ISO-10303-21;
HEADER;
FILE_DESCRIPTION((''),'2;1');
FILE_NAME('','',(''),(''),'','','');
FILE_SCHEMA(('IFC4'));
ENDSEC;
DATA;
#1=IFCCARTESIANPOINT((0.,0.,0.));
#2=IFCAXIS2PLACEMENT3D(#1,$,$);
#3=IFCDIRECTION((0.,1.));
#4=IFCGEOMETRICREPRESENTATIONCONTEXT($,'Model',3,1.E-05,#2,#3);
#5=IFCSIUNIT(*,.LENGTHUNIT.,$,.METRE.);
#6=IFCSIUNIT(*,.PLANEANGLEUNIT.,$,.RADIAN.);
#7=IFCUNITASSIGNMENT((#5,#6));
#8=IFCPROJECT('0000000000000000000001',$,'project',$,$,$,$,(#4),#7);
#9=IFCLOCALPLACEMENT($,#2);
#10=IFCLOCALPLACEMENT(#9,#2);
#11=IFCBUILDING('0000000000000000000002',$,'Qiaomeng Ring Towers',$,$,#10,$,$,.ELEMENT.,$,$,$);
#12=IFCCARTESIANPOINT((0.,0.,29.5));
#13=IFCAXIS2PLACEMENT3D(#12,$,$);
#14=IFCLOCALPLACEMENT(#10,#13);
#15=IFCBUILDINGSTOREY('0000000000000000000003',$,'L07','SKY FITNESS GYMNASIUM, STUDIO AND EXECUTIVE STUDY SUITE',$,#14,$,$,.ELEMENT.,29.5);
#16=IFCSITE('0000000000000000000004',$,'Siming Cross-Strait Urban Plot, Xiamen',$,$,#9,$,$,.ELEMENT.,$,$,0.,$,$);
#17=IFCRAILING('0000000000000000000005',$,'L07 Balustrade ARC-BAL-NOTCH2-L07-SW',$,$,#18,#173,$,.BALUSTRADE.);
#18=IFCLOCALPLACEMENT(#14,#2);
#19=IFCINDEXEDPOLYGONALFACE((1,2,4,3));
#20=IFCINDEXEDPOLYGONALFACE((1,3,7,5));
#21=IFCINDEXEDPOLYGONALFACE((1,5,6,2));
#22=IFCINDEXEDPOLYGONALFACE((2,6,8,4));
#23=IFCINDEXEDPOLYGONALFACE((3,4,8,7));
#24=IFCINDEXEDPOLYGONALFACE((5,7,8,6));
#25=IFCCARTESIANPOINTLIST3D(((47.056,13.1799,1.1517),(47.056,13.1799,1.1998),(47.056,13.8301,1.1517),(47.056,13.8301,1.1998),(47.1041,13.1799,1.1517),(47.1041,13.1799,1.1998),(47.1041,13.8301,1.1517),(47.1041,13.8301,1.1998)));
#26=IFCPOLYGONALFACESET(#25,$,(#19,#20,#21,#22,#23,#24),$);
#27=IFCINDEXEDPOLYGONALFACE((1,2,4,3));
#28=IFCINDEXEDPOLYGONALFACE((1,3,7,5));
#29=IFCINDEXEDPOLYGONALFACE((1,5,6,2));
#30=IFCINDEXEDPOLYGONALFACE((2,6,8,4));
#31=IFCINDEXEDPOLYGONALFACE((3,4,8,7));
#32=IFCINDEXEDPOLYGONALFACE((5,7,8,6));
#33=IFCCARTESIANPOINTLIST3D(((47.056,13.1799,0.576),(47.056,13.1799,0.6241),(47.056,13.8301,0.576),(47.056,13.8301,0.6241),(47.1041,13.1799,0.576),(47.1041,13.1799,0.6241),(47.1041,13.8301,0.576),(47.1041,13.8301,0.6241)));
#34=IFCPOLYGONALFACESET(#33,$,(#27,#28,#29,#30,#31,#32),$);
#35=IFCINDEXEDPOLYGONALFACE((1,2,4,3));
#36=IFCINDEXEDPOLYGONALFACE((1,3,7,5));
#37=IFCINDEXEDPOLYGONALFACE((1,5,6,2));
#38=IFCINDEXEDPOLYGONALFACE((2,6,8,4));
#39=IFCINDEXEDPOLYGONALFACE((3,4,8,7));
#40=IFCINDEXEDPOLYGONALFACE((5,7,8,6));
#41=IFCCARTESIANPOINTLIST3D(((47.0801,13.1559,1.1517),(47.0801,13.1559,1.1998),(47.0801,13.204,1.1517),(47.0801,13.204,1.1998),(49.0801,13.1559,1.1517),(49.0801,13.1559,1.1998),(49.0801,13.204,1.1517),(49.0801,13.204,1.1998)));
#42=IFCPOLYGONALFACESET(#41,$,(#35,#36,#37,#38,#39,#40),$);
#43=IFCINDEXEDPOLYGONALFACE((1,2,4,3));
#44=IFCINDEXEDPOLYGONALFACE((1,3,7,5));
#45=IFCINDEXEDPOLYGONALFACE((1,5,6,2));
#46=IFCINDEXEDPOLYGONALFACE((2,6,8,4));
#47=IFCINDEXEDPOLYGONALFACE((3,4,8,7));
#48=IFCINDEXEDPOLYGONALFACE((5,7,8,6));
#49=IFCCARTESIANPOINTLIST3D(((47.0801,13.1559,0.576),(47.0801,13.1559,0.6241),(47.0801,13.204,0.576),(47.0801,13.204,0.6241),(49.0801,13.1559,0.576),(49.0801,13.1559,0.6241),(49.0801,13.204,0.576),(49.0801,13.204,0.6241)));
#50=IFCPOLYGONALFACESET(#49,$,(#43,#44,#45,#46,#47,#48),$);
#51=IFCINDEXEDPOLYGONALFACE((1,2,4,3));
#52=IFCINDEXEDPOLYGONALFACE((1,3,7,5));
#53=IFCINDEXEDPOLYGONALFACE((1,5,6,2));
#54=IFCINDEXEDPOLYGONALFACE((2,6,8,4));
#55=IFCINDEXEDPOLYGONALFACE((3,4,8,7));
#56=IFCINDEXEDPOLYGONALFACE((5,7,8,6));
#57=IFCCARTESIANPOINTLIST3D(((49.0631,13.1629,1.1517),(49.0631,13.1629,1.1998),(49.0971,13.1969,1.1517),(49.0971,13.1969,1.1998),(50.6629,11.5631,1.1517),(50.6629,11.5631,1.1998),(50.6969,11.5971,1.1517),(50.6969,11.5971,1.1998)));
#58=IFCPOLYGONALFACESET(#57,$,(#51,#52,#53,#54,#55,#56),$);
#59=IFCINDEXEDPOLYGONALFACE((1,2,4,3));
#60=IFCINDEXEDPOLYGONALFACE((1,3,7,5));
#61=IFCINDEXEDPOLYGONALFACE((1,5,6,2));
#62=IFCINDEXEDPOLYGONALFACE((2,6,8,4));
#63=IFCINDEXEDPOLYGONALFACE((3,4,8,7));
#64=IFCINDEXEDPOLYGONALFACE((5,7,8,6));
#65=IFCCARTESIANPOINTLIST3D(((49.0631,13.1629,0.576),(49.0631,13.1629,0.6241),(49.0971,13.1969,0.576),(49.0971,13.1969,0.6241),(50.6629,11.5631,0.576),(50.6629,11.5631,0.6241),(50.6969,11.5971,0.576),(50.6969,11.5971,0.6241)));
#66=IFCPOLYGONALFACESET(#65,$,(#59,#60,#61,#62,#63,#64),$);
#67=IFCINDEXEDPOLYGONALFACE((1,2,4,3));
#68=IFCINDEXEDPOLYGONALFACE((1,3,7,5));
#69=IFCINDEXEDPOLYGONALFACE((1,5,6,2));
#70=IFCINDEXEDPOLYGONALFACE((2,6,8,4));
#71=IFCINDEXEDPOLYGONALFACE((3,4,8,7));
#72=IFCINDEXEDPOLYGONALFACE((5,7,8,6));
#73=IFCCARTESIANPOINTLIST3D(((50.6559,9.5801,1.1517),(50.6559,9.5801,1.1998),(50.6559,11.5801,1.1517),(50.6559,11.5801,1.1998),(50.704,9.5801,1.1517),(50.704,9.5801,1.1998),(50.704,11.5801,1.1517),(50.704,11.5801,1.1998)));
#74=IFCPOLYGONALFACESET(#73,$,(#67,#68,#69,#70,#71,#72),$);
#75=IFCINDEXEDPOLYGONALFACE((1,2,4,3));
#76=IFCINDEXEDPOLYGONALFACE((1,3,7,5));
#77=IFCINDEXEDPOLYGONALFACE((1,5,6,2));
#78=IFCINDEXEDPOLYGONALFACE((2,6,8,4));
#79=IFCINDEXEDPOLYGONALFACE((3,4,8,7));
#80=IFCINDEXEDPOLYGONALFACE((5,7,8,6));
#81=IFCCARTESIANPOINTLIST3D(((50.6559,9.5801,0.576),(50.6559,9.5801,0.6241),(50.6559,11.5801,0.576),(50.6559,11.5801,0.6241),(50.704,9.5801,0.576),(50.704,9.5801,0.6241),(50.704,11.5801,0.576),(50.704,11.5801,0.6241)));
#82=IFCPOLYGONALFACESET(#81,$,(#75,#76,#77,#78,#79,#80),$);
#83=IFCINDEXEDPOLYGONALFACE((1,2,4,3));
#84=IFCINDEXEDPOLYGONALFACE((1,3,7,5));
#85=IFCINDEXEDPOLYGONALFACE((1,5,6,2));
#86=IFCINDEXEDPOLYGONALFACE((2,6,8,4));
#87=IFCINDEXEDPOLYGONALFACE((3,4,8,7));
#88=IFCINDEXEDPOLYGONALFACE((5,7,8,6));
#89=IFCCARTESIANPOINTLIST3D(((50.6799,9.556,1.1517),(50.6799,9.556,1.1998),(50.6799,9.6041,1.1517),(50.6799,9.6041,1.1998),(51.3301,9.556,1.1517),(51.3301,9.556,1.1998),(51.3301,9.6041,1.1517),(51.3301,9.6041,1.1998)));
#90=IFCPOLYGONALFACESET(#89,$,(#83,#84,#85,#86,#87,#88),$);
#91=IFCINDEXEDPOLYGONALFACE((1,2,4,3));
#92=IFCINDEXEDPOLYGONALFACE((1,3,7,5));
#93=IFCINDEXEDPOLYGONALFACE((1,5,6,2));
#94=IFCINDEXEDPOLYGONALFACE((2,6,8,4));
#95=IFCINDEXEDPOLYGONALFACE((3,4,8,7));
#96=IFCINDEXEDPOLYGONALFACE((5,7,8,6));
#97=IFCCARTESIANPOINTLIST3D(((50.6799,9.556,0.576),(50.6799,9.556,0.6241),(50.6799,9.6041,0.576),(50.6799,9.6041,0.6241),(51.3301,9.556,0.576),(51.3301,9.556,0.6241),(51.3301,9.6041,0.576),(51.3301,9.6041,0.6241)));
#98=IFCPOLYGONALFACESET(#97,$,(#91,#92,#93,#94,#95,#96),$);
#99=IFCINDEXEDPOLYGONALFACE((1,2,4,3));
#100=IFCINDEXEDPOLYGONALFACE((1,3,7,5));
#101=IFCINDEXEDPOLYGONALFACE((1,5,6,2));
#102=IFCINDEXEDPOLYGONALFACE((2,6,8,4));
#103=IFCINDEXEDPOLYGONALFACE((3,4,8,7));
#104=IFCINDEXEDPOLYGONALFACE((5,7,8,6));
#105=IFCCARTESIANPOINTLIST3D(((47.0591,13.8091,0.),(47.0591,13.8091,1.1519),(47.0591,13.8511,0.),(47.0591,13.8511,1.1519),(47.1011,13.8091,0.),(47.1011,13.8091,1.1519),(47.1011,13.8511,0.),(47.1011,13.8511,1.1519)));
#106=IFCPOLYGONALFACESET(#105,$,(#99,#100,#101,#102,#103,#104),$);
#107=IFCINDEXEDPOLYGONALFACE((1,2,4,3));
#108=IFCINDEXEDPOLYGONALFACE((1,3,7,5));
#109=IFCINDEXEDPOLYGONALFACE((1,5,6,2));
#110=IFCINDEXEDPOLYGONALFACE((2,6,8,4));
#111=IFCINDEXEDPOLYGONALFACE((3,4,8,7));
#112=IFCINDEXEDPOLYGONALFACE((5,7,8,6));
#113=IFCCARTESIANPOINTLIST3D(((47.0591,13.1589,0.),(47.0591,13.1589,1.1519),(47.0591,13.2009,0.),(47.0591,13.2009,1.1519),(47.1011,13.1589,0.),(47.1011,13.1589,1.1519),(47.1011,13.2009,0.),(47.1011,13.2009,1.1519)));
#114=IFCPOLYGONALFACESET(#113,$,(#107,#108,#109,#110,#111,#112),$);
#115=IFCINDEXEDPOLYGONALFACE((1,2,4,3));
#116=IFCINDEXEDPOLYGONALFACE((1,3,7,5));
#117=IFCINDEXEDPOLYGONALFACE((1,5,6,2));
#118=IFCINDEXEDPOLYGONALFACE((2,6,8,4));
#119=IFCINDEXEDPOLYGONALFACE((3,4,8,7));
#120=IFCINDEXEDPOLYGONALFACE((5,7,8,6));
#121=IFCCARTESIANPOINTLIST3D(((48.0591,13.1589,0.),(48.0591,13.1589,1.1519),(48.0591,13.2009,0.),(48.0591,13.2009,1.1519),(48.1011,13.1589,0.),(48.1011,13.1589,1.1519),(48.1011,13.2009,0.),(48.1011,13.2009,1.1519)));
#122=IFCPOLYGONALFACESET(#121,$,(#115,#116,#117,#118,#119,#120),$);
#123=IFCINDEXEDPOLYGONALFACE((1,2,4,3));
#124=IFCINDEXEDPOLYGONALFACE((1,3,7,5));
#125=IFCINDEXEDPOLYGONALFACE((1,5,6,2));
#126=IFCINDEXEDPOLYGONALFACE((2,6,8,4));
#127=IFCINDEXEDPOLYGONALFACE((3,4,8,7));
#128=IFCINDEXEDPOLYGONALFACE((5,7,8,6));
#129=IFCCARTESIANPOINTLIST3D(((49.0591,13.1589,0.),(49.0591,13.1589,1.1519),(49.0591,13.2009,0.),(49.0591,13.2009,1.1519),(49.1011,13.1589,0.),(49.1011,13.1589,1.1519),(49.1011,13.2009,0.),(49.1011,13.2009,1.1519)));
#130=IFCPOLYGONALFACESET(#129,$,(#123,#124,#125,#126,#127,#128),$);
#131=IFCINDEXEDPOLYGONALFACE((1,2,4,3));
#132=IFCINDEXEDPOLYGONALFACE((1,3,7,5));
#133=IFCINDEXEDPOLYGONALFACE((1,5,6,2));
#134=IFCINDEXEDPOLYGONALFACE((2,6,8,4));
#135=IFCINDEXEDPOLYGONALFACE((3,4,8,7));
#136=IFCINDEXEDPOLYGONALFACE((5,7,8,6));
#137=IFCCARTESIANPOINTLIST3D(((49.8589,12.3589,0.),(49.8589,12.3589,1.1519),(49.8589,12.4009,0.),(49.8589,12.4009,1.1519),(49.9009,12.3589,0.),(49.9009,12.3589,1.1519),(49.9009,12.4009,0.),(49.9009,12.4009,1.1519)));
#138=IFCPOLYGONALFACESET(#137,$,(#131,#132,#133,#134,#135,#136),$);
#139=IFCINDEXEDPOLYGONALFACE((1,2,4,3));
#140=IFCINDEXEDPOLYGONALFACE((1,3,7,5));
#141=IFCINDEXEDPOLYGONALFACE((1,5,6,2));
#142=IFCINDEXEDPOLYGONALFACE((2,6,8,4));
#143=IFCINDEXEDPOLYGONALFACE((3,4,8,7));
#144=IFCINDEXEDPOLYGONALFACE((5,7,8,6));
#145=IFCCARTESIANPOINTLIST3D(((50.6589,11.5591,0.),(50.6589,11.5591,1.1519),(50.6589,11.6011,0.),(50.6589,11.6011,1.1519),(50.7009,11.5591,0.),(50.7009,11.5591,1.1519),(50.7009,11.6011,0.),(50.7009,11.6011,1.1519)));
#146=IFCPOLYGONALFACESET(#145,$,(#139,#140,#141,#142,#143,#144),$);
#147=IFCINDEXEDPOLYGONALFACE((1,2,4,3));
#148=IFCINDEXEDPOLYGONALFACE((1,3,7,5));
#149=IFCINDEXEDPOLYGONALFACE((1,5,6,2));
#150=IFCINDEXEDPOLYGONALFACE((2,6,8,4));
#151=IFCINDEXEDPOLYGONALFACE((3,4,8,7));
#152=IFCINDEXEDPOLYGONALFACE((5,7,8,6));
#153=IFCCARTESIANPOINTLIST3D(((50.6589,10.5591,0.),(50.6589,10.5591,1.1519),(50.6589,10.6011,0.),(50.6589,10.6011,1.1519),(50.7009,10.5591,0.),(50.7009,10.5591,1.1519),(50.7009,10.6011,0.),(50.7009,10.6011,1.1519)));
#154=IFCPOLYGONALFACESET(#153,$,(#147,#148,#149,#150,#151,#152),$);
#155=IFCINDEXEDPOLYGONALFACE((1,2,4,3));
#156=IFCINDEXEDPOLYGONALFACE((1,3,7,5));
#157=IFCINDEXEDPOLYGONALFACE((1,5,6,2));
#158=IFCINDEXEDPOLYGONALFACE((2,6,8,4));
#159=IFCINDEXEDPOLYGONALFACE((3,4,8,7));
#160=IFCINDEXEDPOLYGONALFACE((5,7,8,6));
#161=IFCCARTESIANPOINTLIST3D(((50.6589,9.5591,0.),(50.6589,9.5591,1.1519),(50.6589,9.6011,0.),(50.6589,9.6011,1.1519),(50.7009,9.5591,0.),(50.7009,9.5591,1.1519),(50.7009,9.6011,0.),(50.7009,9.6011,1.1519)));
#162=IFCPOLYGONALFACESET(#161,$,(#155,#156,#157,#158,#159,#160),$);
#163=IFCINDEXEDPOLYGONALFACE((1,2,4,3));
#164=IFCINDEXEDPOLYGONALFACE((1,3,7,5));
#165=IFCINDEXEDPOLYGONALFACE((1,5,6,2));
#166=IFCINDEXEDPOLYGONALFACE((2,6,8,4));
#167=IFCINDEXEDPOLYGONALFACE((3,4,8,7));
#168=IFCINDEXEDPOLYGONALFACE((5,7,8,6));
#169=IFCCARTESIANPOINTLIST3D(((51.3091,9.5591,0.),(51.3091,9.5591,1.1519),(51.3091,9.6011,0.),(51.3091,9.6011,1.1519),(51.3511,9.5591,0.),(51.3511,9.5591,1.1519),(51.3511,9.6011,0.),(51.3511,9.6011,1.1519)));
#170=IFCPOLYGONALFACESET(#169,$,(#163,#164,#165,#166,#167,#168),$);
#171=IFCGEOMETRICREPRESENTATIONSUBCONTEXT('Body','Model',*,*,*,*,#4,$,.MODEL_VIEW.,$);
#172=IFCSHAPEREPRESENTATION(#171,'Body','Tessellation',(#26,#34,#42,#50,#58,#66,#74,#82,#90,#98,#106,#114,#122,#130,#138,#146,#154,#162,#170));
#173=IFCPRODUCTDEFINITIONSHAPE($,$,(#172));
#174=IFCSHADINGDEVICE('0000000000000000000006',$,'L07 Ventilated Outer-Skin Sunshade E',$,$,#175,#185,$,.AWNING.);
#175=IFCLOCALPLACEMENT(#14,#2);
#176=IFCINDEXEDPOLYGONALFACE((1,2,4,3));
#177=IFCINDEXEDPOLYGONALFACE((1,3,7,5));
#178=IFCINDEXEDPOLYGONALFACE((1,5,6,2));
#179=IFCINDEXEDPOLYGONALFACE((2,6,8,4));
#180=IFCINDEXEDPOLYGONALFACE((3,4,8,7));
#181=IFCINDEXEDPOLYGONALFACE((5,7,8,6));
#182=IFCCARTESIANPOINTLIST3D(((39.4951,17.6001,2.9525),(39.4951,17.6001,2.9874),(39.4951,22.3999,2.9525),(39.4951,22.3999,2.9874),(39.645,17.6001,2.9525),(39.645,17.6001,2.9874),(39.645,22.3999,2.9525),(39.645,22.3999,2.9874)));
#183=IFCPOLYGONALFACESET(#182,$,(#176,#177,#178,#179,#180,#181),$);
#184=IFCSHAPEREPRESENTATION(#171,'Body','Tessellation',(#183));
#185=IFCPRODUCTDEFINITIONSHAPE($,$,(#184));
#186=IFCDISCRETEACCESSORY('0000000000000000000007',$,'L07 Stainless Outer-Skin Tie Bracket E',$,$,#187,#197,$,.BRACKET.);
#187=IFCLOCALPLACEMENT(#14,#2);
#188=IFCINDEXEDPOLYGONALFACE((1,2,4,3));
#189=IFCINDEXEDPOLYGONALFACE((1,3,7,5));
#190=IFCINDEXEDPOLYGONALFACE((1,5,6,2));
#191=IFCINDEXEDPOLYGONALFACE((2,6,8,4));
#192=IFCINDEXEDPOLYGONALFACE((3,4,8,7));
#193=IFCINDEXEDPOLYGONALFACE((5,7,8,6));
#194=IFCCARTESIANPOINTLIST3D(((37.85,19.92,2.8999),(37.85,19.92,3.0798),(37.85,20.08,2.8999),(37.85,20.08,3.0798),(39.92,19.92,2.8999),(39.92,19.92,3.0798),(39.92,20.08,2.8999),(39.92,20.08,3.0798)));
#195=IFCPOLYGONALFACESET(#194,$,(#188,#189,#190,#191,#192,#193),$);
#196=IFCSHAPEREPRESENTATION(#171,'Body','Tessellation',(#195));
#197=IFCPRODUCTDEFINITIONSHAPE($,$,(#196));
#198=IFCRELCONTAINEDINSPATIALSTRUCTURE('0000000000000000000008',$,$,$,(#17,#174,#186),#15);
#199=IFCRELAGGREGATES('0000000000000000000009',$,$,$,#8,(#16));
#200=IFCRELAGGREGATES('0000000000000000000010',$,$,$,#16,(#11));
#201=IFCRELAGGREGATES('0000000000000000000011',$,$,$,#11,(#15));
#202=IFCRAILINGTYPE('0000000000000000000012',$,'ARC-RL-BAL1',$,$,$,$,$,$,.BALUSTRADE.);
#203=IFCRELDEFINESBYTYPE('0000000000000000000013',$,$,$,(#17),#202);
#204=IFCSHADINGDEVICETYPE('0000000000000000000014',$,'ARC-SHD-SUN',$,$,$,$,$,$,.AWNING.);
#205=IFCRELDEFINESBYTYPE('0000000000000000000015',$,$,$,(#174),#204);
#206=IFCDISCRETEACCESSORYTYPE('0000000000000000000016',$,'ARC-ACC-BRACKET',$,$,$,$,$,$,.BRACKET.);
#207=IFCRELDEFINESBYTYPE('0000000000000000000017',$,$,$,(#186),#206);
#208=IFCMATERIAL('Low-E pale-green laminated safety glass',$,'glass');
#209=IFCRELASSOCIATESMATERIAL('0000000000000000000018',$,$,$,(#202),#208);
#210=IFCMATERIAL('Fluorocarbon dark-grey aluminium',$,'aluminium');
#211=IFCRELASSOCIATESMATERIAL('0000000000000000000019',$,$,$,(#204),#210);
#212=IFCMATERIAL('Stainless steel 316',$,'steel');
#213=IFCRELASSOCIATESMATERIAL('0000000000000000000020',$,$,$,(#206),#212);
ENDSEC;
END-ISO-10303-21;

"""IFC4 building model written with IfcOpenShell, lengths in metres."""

from ifc_helpers import new_model, si_unit, direction, frame, origin, origin_2d, place, context, subcontext, project, spatial, rectangle, extrude, source, transform, mapped, material, material_profile, profile_set, type_object, element, save


model = new_model("IFC4")

# Units and contexts
model_context = context("Model", 3, precision=1e-05, world=origin(), true_north=direction((0.0, 1.0)))
body_context = subcontext(model_context, "Body", "Model", "MODEL_VIEW")
ifc_project = project(units=[si_unit("LENGTHUNIT", "METRE"), si_unit("PLANEANGLEUNIT", "RADIAN")], contexts=[model_context])

# Site, building, storey
site_placement = place(None, origin())
site = spatial("IfcSite", under=ifc_project, at=site_placement, Name="Siming Cross-Strait Urban Plot, Xiamen", CompositionType="ELEMENT", RefElevation=0.0)
building_placement = place(site_placement, origin())
building = spatial("IfcBuilding", under=site, at=building_placement, Name="Qiaomeng Ring Towers", CompositionType="ELEMENT")
storey_placement = place(building_placement, frame((0.0, 0.0, 29.5)))
storey = spatial("IfcBuildingStorey", under=building, at=storey_placement, Name="L07", Description="SKY FITNESS GYMNASIUM, STUDIO AND EXECUTIVE STUDY SUITE", CompositionType="ELEMENT", Elevation=29.5)

# Shared definitions
ifc_material_1 = material(Name="Stainless steel 316", Category="steel")

# Railing
ifc_material_2 = material(Name="Low-E pale-green laminated safety glass", Category="glass")
railing_type = type_object("IfcRailingType", Name="ARC-RL-BAL1", PredefinedType="BALUSTRADE", material=ifc_material_2)
railing_1_placement = place(storey_placement, frame((47.0801, 13.8301, 0.0)))
element("IfcRailing", 1, at=railing_1_placement, inside=storey, type_object=railing_type, Name="L07 Balustrade ARC-BAL-NOTCH2-L07-SW", PredefinedType="BALUSTRADE", context=body_context, shape_type="SweptSolid", body=[
    extrude(rectangle(XDim=0.0481, YDim=0.0481, at=origin_2d()), frame((0.0, 0.0, 1.1758), z_axis=(0.0, -1.0, 0.0), x_axis=(1.0, 0.0, 0.0)), (0.0, 0.0, 1.0), 0.6501),
    extrude(rectangle(XDim=0.0481, YDim=0.0481, at=origin_2d()), frame((0.0, 0.0, 0.6001), z_axis=(0.0, -1.0, 0.0), x_axis=(1.0, 0.0, 0.0)), (0.0, 0.0, 1.0), 0.6501),
    extrude(rectangle(XDim=0.0481, YDim=0.0481, at=origin_2d()), frame((0.0, -0.6501, 1.1758), z_axis=(1.0, 0.0, 0.0), x_axis=(0.0, 1.0, 0.0)), (0.0, 0.0, 1.0), 2.0),
    extrude(rectangle(XDim=0.0481, YDim=0.0481, at=origin_2d()), frame((0.0, -0.6501, 0.6001), z_axis=(1.0, 0.0, 0.0), x_axis=(0.0, 1.0, 0.0)), (0.0, 0.0, 1.0), 2.0),
    extrude(rectangle(XDim=0.0481, YDim=0.0481, at=origin_2d()), frame((2.0, -0.6501, 1.1758), z_axis=(0.707107, -0.707107, 0.0), x_axis=(0.707107, 0.707107, 0.0)), (0.0, 0.0, 1.0), 2.2625),
    extrude(rectangle(XDim=0.0481, YDim=0.0481, at=origin_2d()), frame((2.0, -0.6501, 0.6001), z_axis=(0.707107, -0.707107, 0.0), x_axis=(0.707107, 0.707107, 0.0)), (0.0, 0.0, 1.0), 2.2625),
    extrude(rectangle(XDim=0.0481, YDim=0.0481, at=origin_2d()), frame((3.5999, -2.25, 1.1758), z_axis=(0.0, -1.0, 0.0), x_axis=(1.0, 0.0, 0.0)), (0.0, 0.0, 1.0), 2.0),
    extrude(rectangle(XDim=0.0481, YDim=0.0481, at=origin_2d()), frame((3.5999, -2.25, 0.6001), z_axis=(0.0, -1.0, 0.0), x_axis=(1.0, 0.0, 0.0)), (0.0, 0.0, 1.0), 2.0),
    extrude(rectangle(XDim=0.0481, YDim=0.0481, at=origin_2d()), frame((3.5999, -4.25, 1.1758), z_axis=(1.0, 0.0, 0.0), x_axis=(0.0, 1.0, 0.0)), (0.0, 0.0, 1.0), 0.6501),
    extrude(rectangle(XDim=0.0481, YDim=0.0481, at=origin_2d()), frame((3.5999, -4.25, 0.6001), z_axis=(1.0, 0.0, 0.0), x_axis=(0.0, 1.0, 0.0)), (0.0, 0.0, 1.0), 0.6501),
    extrude(rectangle(XDim=0.042, YDim=0.042, at=origin_2d()), origin(), (0.0, 0.0, 1.0), 1.1519),
    extrude(rectangle(XDim=0.042, YDim=0.042, at=origin_2d()), frame((0.0, -0.6501, 0.0)), (0.0, 0.0, 1.0), 1.1519),
    extrude(rectangle(XDim=0.042, YDim=0.042, at=origin_2d()), frame((1.0, -0.6501, 0.0)), (0.0, 0.0, 1.0), 1.1519),
    extrude(rectangle(XDim=0.042, YDim=0.042, at=origin_2d()), frame((2.0, -0.6501, 0.0)), (0.0, 0.0, 1.0), 1.1519),
    extrude(rectangle(XDim=0.042, YDim=0.042, at=origin_2d()), frame((2.7998, -1.4502, 0.0)), (0.0, 0.0, 1.0), 1.1519),
    extrude(rectangle(XDim=0.042, YDim=0.042, at=origin_2d()), frame((3.5999, -2.25, 0.0)), (0.0, 0.0, 1.0), 1.1519),
    extrude(rectangle(XDim=0.042, YDim=0.042, at=origin_2d()), frame((3.5999, -3.25, 0.0)), (0.0, 0.0, 1.0), 1.1519),
    extrude(rectangle(XDim=0.042, YDim=0.042, at=origin_2d()), frame((3.5999, -4.25, 0.0)), (0.0, 0.0, 1.0), 1.1519),
    extrude(rectangle(XDim=0.042, YDim=0.042, at=origin_2d()), frame((4.25, -4.25, 0.0)), (0.0, 0.0, 1.0), 1.1519),
])

# Shading device
ifc_material_3 = material(Name="Fluorocarbon dark-grey aluminium", Category="aluminium")
ifc_material_profile_1 = material_profile(ifc_material_3, rectangle(XDim=0.1499, YDim=0.0349, at=origin_2d()), Name="LV BLADE 150x35")
ifc_profile_set_1 = profile_set([ifc_material_profile_1], Name="Fluorocarbon dark-grey aluminium")
shading_device_type = type_object("IfcShadingDeviceType", Name="ARC-SHD-SUN", PredefinedType="AWNING", material=ifc_profile_set_1)
shared_shape_1 = source(origin(), body_context, "Body", "SweptSolid", [
    extrude(rectangle(XDim=0.1499, YDim=0.0349, at=origin_2d()), origin(), (0.0, 0.0, 1.0), 4.7998),
])
shading_device_placement = place(storey_placement, frame((39.5701, 17.6001, 2.97), z_axis=(0.0, 1.0, 0.0), x_axis=(-1.0, 0.0, 0.0)))
element("IfcShadingDevice", 2, at=shading_device_placement, inside=storey, type_object=shading_device_type, Name="L07 Ventilated Outer-Skin Sunshade E", PredefinedType="AWNING", context=body_context, shape_type="MappedRepresentation", body=[
    mapped(shared_shape_1, transform((0.0, 0.0, 0.0), x_axis=(1.0, 0.0, 0.0), y_axis=(0.0, 1.0, 0.0), z_axis=(0.0, 0.0, 1.0), scale=1.0)),
])

# Discrete accessory
discrete_accessory_type = type_object("IfcDiscreteAccessoryType", Name="ARC-ACC-BRACKET", PredefinedType="BRACKET", material=ifc_material_1)
shared_shape_2 = source(origin(), body_context, "Body", "SweptSolid", [
    extrude(rectangle(XDim=2.0701, YDim=0.1599, at=origin_2d()), origin(), (0.0, 0.0, 1.0), 0.1799),
])
discrete_accessory_placement = place(storey_placement, frame((38.885, 20.0, 2.8999), z_axis=(0.0, 0.0, 1.0), x_axis=(1.0, 0.0, 0.0)))
element("IfcDiscreteAccessory", 3, at=discrete_accessory_placement, inside=storey, type_object=discrete_accessory_type, Name="L07 Stainless Outer-Skin Tie Bracket E", PredefinedType="BRACKET", context=body_context, shape_type="MappedRepresentation", body=[
    mapped(shared_shape_2, transform((0.0, 0.0, 0.0), x_axis=(1.0, 0.0, 0.0), y_axis=(0.0, 1.0, 0.0), z_axis=(0.0, 0.0, 1.0), scale=1.0)),
])

save(model, "model.ifc")
